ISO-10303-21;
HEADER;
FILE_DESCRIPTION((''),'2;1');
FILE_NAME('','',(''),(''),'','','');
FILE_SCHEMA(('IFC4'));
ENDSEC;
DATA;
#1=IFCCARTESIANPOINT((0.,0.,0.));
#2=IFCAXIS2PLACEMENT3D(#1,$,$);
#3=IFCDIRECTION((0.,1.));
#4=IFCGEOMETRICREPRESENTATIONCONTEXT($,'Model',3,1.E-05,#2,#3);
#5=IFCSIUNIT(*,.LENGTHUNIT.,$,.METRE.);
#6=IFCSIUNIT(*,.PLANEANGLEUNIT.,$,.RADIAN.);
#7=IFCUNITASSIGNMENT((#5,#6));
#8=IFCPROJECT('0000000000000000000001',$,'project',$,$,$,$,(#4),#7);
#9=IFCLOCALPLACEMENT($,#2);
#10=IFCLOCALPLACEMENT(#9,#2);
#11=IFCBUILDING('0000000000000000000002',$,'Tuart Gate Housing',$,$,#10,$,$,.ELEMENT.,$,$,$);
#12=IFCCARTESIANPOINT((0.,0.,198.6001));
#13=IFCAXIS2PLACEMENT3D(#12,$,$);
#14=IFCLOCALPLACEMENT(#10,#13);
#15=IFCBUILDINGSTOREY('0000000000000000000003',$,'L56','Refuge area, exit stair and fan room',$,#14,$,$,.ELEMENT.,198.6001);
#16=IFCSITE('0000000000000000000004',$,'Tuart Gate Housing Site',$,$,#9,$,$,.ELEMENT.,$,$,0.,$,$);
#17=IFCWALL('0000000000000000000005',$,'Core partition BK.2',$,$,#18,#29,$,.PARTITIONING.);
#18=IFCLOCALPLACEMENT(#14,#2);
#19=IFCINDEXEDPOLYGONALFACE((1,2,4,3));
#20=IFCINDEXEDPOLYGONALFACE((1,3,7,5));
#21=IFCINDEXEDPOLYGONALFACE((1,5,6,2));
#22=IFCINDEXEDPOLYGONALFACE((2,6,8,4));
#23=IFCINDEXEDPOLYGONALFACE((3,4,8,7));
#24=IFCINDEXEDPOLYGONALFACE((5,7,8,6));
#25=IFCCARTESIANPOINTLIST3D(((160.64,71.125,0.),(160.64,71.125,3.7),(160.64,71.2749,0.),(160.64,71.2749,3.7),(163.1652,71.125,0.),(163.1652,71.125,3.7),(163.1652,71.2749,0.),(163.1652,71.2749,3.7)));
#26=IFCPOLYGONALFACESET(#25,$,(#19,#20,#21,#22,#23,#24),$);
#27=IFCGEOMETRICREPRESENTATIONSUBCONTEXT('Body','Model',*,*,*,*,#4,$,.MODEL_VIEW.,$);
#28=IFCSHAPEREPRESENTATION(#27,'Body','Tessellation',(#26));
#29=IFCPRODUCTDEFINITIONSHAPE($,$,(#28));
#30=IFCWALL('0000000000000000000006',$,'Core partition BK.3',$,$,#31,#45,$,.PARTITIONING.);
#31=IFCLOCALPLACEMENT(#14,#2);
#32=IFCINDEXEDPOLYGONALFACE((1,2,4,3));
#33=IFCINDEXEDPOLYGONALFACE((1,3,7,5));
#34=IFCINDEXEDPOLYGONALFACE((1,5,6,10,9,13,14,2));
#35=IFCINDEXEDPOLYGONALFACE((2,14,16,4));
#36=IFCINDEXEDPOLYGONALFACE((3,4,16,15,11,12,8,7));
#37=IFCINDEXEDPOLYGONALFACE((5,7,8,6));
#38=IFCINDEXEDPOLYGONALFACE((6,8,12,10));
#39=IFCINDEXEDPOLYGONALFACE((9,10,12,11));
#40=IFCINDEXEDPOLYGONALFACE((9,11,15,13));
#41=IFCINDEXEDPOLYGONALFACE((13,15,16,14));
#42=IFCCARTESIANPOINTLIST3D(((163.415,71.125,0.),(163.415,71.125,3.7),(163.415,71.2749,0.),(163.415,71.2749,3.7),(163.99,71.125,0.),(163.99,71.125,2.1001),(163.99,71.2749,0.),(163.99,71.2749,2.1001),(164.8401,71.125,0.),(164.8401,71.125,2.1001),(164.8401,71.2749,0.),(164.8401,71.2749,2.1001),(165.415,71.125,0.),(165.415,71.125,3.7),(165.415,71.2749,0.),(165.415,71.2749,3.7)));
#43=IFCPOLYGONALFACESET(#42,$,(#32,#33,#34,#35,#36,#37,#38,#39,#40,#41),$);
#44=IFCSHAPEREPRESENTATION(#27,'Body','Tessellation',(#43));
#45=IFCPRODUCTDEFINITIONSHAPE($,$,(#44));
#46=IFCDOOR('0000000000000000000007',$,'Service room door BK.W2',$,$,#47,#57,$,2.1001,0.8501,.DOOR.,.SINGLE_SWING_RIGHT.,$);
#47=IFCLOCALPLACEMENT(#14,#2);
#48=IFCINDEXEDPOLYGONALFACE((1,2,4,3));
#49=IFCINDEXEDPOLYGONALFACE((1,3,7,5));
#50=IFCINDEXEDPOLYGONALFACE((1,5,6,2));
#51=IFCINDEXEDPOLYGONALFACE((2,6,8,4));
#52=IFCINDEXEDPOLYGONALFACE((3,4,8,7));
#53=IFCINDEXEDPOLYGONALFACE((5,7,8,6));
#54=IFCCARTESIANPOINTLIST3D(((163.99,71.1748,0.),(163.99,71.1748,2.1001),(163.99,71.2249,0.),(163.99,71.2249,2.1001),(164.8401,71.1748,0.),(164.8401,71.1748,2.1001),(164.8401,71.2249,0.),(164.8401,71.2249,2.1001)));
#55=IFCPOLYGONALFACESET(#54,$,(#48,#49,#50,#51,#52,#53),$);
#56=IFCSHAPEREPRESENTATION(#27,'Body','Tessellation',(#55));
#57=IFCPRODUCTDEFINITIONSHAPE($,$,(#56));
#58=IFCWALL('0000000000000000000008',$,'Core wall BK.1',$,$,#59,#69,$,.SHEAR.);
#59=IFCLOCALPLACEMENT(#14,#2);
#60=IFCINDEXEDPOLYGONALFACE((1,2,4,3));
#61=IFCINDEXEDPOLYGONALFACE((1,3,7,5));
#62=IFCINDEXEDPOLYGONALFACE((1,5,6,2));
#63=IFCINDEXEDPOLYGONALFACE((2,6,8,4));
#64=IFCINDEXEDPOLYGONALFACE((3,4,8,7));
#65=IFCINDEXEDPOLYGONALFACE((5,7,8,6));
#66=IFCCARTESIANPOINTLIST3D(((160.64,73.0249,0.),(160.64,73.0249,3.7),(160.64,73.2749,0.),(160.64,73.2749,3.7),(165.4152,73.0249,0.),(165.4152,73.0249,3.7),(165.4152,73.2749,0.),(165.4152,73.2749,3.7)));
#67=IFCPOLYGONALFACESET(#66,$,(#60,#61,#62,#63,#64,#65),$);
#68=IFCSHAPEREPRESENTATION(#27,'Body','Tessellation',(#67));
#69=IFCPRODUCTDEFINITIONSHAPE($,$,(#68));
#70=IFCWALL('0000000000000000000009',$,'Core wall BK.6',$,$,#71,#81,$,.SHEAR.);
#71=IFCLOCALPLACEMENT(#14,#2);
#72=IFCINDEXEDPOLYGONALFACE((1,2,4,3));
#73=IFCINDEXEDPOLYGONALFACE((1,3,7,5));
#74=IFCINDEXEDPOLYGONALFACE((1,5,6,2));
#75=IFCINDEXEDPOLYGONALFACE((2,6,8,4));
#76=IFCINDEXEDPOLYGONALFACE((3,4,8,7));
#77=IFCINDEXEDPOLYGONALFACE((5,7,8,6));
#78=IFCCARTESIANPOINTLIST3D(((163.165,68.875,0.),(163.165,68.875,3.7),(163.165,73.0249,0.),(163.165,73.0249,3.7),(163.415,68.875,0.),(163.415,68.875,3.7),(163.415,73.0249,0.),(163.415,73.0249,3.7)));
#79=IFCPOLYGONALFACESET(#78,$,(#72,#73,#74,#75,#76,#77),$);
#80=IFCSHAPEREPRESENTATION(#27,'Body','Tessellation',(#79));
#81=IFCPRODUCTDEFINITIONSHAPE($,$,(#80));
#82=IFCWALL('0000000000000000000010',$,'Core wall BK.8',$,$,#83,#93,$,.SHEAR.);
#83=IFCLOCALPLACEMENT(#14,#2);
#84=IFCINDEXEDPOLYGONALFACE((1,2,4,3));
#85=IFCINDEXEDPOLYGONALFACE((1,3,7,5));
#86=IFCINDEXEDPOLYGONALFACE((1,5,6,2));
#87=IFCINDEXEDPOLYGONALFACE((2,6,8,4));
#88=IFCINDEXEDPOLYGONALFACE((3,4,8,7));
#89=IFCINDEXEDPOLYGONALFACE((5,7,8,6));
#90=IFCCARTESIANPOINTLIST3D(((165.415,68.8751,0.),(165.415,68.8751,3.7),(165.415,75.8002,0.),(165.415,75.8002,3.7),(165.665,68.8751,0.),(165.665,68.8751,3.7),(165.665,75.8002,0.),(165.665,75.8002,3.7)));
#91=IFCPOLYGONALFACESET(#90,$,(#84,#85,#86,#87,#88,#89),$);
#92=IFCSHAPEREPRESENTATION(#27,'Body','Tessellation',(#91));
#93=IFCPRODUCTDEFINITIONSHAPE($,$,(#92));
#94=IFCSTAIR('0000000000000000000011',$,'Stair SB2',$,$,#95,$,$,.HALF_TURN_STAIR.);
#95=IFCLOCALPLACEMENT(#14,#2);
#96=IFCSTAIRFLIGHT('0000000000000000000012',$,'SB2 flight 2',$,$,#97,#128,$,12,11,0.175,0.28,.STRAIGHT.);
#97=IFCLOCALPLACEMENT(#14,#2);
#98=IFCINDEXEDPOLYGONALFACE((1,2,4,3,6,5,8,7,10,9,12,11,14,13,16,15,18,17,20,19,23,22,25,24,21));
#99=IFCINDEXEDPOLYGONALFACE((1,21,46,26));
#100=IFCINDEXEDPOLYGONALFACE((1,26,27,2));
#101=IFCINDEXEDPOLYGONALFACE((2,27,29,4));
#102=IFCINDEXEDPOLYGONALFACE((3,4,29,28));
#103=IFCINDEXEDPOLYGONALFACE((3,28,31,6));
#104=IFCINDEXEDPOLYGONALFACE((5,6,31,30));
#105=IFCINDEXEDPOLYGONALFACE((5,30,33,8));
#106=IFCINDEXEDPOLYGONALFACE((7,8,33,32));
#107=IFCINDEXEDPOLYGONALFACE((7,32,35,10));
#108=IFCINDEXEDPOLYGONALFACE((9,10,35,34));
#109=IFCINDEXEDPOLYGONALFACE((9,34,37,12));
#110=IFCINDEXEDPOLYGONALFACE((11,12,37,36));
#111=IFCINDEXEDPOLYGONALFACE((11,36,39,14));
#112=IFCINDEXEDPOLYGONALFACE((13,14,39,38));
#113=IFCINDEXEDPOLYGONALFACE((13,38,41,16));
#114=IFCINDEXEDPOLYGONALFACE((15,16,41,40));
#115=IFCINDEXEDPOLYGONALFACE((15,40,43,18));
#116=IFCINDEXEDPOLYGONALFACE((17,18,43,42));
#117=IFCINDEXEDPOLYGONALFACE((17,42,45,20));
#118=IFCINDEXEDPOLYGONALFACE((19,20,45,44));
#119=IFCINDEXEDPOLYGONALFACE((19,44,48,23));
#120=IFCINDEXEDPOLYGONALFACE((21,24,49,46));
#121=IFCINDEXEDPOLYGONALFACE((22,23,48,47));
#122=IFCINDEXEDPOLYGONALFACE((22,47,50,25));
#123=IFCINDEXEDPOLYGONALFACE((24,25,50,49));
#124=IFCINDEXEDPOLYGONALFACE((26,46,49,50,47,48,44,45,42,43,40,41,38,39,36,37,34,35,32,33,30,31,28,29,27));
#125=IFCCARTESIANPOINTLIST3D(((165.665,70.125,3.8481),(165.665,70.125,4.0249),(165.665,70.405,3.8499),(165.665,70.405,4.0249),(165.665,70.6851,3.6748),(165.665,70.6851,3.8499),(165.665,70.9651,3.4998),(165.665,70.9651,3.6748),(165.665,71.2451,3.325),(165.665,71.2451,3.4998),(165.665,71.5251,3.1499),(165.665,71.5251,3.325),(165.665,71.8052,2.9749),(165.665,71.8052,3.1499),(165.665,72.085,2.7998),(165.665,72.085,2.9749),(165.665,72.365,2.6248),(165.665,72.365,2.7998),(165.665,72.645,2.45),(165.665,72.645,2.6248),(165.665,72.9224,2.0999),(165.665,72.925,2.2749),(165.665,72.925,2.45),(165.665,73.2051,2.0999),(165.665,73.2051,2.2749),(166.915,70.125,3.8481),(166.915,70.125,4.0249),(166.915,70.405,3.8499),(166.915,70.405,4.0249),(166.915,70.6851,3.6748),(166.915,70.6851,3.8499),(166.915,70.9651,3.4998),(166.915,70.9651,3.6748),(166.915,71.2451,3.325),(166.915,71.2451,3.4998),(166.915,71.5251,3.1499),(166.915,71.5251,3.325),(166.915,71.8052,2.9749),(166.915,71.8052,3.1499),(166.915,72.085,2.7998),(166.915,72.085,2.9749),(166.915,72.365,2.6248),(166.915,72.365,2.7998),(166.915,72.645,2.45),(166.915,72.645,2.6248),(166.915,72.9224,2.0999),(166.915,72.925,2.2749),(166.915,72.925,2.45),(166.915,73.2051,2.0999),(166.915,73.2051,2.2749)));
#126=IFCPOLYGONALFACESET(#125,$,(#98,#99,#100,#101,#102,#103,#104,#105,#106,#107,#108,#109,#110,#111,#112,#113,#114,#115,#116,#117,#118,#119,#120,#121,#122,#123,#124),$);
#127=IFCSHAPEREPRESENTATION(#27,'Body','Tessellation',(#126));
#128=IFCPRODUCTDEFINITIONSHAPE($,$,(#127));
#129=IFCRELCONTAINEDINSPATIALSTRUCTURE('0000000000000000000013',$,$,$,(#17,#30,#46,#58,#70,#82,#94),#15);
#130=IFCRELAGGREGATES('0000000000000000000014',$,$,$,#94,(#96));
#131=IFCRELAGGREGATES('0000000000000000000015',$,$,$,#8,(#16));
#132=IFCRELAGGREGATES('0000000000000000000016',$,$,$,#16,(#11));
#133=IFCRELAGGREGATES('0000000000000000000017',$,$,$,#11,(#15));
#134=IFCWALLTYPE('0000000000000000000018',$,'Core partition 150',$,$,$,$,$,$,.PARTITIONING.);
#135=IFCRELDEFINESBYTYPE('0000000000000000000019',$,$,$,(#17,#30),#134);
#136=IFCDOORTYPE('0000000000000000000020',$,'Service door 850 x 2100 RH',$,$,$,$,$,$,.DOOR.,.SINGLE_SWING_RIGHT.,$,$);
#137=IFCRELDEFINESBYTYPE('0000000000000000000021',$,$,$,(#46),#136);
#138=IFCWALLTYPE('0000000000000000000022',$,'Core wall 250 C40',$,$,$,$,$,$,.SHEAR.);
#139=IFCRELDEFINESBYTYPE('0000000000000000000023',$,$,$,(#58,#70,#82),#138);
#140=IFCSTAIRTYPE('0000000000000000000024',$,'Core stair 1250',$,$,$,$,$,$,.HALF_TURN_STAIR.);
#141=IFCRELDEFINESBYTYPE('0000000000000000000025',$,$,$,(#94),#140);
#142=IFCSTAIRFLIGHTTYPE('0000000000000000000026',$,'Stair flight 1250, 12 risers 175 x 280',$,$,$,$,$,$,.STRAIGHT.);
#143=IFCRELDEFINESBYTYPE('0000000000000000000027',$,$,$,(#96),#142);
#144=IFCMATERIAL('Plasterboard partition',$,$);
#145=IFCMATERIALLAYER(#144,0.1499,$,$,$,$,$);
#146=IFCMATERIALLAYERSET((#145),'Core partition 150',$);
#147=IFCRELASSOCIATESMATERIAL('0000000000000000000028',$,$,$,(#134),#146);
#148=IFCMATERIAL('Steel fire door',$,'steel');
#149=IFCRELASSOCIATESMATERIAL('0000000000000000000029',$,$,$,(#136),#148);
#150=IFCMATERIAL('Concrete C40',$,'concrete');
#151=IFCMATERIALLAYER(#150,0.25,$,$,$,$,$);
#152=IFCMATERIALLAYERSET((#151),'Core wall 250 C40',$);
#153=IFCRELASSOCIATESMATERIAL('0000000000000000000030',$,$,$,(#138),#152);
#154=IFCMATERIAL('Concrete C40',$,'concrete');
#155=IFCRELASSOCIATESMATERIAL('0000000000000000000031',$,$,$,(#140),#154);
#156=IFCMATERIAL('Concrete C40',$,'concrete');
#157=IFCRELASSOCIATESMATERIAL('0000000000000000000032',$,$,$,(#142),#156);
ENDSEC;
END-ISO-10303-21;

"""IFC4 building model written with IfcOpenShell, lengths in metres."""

from ifc_helpers import new_model, si_unit, direction, frame, frame_2d, origin, place, context, subcontext, project, spatial, polyline, rectangle, outline, extrude, material, layer, layer_set, type_object, element, fill, aggregate, save


model = new_model("IFC4")

# Units and contexts
model_context = context("Model", 3, precision=1e-05, world=origin(), true_north=direction((0.0, 1.0)))
body_context = subcontext(model_context, "Body", "Model", "MODEL_VIEW")
ifc_project = project(units=[si_unit("LENGTHUNIT", "METRE"), si_unit("PLANEANGLEUNIT", "RADIAN")], contexts=[model_context])

# Site, building, storey
site_placement = place(None, origin())
site = spatial("IfcSite", under=ifc_project, at=site_placement, Name="Tuart Gate Housing Site", CompositionType="ELEMENT", RefElevation=0.0)
building_placement = place(site_placement, origin())
building = spatial("IfcBuilding", under=site, at=building_placement, Name="Tuart Gate Housing", CompositionType="ELEMENT")
storey_placement = place(building_placement, frame((0.0, 0.0, 198.6001)))
storey = spatial("IfcBuildingStorey", under=building, at=storey_placement, Name="L56", Description="Refuge area, exit stair and fan room", CompositionType="ELEMENT", Elevation=198.6001)

# Wall
ifc_material_1 = material(Name="Plasterboard partition")
ifc_layer_1 = layer(ifc_material_1, 0.1499)
ifc_layer_set_1 = layer_set([ifc_layer_1], Name="Core partition 150")
wall_type_1 = type_object("IfcWallType", Name="Core partition 150", PredefinedType="PARTITIONING", material=ifc_layer_set_1)
wall_1_placement = place(storey_placement, frame((160.6399, 71.2, 0.0), z_axis=(0.0, 0.0, 1.0), x_axis=(1.0, 0.0, 0.0)))
element("IfcWall", 1, at=wall_1_placement, inside=storey, type_object=wall_type_1, Name="Core partition BK.2", PredefinedType="PARTITIONING", context=body_context, shape_type="SweptSolid", body=[
    extrude(rectangle(XDim=2.5251, YDim=0.1499, at=frame_2d((1.2627, 0.0))), origin(), (0.0, 0.0, 1.0), 3.7),
])

# Wall, opening, door
wall_2_placement = place(storey_placement, frame((163.415, 71.2, 0.0), z_axis=(0.0, 0.0, 1.0), x_axis=(1.0, 0.0, 0.0)))
wall_2 = element("IfcWall", 2, at=wall_2_placement, inside=storey, type_object=wall_type_1, Name="Core partition BK.3", PredefinedType="PARTITIONING", context=body_context, shape_type="SweptSolid", body=[
    extrude(rectangle(XDim=2.0, YDim=0.1499, at=frame_2d((1.0, 0.0))), origin(), (0.0, 0.0, 1.0), 3.7),
])
opening_placement = place(wall_2_placement, frame((0.575, 0.0, 0.0)))
opening = element("IfcOpeningElement", 3, at=opening_placement, cuts=wall_2, PredefinedType="OPENING", context=body_context, shape_type="SweptSolid", body=[
    extrude(rectangle(XDim=0.8501, YDim=2.1001, at=frame_2d((0.425, 1.05))), frame((0.0, 0.085, 0.0), z_axis=(0.0, -1.0, 0.0), x_axis=(1.0, 0.0, 0.0)), (0.0, 0.0, 1.0), 0.1699),
])
ifc_material_2 = material(Name="Steel fire door", Category="steel")
door_type = type_object("IfcDoorType", Name="Service door 850 x 2100 RH", OperationType="SINGLE_SWING_RIGHT", PredefinedType="DOOR", material=ifc_material_2)
door_placement = place(opening_placement, frame((0.8501, 0.0, 0.0), z_axis=(0.0, 0.0, 1.0), x_axis=(-1.0, 0.0, 0.0)))
door = element("IfcDoor", 4, at=door_placement, inside=storey, type_object=door_type, Name="Service room door BK.W2", OperationType="SINGLE_SWING_RIGHT", OverallHeight=2.1001, OverallWidth=0.8501, PredefinedType="DOOR", context=body_context, shape_type="SweptSolid", body=[
    extrude(rectangle(XDim=0.8501, YDim=2.1001, at=frame_2d((0.425, 1.05))), frame((0.0, 0.0251, 0.0), z_axis=(0.0, -1.0, 0.0), x_axis=(1.0, 0.0, 0.0)), (0.0, 0.0, 1.0), 0.05),
])
fill(opening, door)

# Walls
ifc_material_3 = material(Name="Concrete C40", Category="concrete")
ifc_layer_2 = layer(ifc_material_3, 0.25)
ifc_layer_set_2 = layer_set([ifc_layer_2], Name="Core wall 250 C40")
wall_type_2 = type_object("IfcWallType", Name="Core wall 250 C40", PredefinedType="SHEAR", material=ifc_layer_set_2)
wall_3_placement = place(storey_placement, frame((160.6399, 73.1499, 0.0), z_axis=(0.0, 0.0, 1.0), x_axis=(1.0, 0.0, 0.0)))
element("IfcWall", 5, at=wall_3_placement, inside=storey, type_object=wall_type_2, Name="Core wall BK.1", PredefinedType="SHEAR", context=body_context, shape_type="SweptSolid", body=[
    extrude(rectangle(XDim=4.7751, YDim=0.25, at=frame_2d((2.3877, 0.0))), origin(), (0.0, 0.0, 1.0), 3.7),
])
wall_4_placement = place(storey_placement, frame((163.29, 73.0249, 0.0), z_axis=(0.0, 0.0, 1.0), x_axis=(0.0, -1.0, 0.0)))
element("IfcWall", 6, at=wall_4_placement, inside=storey, type_object=wall_type_2, Name="Core wall BK.6", PredefinedType="SHEAR", context=body_context, shape_type="SweptSolid", body=[
    extrude(rectangle(XDim=4.1499, YDim=0.25, at=frame_2d((2.075, 0.0))), origin(), (0.0, 0.0, 1.0), 3.7),
])
wall_5_placement = place(storey_placement, frame((165.54, 75.8, 0.0), z_axis=(0.0, 0.0, 1.0), x_axis=(0.0, -1.0, 0.0)))
element("IfcWall", 7, at=wall_5_placement, inside=storey, type_object=wall_type_2, Name="Core wall BK.8", PredefinedType="SHEAR", context=body_context, shape_type="SweptSolid", body=[
    extrude(rectangle(XDim=6.925, YDim=0.25, at=frame_2d((3.4624, 0.0))), origin(), (0.0, 0.0, 1.0), 3.7),
])

# Stair, stair flight
ifc_material_4 = material(Name="Concrete C40", Category="concrete")
stair_type = type_object("IfcStairType", Name="Core stair 1250", PredefinedType="HALF_TURN_STAIR", material=ifc_material_4)
stair_placement = place(storey_placement, origin())
stair = element("IfcStair", 8, at=stair_placement, inside=storey, type_object=stair_type, Name="Stair SB2", PredefinedType="HALF_TURN_STAIR")
ifc_material_5 = material(Name="Concrete C40", Category="concrete")
stair_flight_type = type_object("IfcStairFlightType", Name="Stair flight 1250, 12 risers 175 x 280", PredefinedType="STRAIGHT", material=ifc_material_5)
stair_flight_placement = place(storey_placement, frame((166.29, 73.2051, 2.0999), z_axis=(0.0, 0.0, 1.0), x_axis=(0.0, -1.0, 0.0)))
stair_flight = element("IfcStairFlight", 9, at=stair_flight_placement, type_object=stair_flight_type, Name="SB2 flight 2", NumberOfRisers=12, NumberOfTreads=11, PredefinedType="STRAIGHT", RiserHeight=0.175, TreadLength=0.28, context=body_context, shape_type="SweptSolid", body=[
    extrude(outline(polyline([(0.0, 0.0), (0.0, 0.175), (0.28, 0.175), (0.28, 0.3501), (0.5601, 0.3501), (0.5601, 0.5249), (0.8401, 0.5249), (0.8401, 0.7), (1.1201, 0.7), (1.1201, 0.875), (1.3999, 0.875), (1.3999, 1.05), (1.6799, 1.05), (1.6799, 1.2251), (1.96, 1.2251), (1.96, 1.3999), (2.24, 1.3999), (2.24, 1.575), (2.52, 1.575), (2.52, 1.75), (2.8, 1.75), (2.8, 1.925), (3.0801, 1.925), (3.0801, 2.1001), (3.0801, 1.7483), (0.2827, 0.0), (0.0, 0.0)])), frame((0.0, 0.625, 0.0), z_axis=(0.0, -1.0, 0.0), x_axis=(1.0, 0.0, 0.0)), (0.0, 0.0, 1.0), 1.25),
])
aggregate(stair, [stair_flight])

save(model, "model.ifc")
